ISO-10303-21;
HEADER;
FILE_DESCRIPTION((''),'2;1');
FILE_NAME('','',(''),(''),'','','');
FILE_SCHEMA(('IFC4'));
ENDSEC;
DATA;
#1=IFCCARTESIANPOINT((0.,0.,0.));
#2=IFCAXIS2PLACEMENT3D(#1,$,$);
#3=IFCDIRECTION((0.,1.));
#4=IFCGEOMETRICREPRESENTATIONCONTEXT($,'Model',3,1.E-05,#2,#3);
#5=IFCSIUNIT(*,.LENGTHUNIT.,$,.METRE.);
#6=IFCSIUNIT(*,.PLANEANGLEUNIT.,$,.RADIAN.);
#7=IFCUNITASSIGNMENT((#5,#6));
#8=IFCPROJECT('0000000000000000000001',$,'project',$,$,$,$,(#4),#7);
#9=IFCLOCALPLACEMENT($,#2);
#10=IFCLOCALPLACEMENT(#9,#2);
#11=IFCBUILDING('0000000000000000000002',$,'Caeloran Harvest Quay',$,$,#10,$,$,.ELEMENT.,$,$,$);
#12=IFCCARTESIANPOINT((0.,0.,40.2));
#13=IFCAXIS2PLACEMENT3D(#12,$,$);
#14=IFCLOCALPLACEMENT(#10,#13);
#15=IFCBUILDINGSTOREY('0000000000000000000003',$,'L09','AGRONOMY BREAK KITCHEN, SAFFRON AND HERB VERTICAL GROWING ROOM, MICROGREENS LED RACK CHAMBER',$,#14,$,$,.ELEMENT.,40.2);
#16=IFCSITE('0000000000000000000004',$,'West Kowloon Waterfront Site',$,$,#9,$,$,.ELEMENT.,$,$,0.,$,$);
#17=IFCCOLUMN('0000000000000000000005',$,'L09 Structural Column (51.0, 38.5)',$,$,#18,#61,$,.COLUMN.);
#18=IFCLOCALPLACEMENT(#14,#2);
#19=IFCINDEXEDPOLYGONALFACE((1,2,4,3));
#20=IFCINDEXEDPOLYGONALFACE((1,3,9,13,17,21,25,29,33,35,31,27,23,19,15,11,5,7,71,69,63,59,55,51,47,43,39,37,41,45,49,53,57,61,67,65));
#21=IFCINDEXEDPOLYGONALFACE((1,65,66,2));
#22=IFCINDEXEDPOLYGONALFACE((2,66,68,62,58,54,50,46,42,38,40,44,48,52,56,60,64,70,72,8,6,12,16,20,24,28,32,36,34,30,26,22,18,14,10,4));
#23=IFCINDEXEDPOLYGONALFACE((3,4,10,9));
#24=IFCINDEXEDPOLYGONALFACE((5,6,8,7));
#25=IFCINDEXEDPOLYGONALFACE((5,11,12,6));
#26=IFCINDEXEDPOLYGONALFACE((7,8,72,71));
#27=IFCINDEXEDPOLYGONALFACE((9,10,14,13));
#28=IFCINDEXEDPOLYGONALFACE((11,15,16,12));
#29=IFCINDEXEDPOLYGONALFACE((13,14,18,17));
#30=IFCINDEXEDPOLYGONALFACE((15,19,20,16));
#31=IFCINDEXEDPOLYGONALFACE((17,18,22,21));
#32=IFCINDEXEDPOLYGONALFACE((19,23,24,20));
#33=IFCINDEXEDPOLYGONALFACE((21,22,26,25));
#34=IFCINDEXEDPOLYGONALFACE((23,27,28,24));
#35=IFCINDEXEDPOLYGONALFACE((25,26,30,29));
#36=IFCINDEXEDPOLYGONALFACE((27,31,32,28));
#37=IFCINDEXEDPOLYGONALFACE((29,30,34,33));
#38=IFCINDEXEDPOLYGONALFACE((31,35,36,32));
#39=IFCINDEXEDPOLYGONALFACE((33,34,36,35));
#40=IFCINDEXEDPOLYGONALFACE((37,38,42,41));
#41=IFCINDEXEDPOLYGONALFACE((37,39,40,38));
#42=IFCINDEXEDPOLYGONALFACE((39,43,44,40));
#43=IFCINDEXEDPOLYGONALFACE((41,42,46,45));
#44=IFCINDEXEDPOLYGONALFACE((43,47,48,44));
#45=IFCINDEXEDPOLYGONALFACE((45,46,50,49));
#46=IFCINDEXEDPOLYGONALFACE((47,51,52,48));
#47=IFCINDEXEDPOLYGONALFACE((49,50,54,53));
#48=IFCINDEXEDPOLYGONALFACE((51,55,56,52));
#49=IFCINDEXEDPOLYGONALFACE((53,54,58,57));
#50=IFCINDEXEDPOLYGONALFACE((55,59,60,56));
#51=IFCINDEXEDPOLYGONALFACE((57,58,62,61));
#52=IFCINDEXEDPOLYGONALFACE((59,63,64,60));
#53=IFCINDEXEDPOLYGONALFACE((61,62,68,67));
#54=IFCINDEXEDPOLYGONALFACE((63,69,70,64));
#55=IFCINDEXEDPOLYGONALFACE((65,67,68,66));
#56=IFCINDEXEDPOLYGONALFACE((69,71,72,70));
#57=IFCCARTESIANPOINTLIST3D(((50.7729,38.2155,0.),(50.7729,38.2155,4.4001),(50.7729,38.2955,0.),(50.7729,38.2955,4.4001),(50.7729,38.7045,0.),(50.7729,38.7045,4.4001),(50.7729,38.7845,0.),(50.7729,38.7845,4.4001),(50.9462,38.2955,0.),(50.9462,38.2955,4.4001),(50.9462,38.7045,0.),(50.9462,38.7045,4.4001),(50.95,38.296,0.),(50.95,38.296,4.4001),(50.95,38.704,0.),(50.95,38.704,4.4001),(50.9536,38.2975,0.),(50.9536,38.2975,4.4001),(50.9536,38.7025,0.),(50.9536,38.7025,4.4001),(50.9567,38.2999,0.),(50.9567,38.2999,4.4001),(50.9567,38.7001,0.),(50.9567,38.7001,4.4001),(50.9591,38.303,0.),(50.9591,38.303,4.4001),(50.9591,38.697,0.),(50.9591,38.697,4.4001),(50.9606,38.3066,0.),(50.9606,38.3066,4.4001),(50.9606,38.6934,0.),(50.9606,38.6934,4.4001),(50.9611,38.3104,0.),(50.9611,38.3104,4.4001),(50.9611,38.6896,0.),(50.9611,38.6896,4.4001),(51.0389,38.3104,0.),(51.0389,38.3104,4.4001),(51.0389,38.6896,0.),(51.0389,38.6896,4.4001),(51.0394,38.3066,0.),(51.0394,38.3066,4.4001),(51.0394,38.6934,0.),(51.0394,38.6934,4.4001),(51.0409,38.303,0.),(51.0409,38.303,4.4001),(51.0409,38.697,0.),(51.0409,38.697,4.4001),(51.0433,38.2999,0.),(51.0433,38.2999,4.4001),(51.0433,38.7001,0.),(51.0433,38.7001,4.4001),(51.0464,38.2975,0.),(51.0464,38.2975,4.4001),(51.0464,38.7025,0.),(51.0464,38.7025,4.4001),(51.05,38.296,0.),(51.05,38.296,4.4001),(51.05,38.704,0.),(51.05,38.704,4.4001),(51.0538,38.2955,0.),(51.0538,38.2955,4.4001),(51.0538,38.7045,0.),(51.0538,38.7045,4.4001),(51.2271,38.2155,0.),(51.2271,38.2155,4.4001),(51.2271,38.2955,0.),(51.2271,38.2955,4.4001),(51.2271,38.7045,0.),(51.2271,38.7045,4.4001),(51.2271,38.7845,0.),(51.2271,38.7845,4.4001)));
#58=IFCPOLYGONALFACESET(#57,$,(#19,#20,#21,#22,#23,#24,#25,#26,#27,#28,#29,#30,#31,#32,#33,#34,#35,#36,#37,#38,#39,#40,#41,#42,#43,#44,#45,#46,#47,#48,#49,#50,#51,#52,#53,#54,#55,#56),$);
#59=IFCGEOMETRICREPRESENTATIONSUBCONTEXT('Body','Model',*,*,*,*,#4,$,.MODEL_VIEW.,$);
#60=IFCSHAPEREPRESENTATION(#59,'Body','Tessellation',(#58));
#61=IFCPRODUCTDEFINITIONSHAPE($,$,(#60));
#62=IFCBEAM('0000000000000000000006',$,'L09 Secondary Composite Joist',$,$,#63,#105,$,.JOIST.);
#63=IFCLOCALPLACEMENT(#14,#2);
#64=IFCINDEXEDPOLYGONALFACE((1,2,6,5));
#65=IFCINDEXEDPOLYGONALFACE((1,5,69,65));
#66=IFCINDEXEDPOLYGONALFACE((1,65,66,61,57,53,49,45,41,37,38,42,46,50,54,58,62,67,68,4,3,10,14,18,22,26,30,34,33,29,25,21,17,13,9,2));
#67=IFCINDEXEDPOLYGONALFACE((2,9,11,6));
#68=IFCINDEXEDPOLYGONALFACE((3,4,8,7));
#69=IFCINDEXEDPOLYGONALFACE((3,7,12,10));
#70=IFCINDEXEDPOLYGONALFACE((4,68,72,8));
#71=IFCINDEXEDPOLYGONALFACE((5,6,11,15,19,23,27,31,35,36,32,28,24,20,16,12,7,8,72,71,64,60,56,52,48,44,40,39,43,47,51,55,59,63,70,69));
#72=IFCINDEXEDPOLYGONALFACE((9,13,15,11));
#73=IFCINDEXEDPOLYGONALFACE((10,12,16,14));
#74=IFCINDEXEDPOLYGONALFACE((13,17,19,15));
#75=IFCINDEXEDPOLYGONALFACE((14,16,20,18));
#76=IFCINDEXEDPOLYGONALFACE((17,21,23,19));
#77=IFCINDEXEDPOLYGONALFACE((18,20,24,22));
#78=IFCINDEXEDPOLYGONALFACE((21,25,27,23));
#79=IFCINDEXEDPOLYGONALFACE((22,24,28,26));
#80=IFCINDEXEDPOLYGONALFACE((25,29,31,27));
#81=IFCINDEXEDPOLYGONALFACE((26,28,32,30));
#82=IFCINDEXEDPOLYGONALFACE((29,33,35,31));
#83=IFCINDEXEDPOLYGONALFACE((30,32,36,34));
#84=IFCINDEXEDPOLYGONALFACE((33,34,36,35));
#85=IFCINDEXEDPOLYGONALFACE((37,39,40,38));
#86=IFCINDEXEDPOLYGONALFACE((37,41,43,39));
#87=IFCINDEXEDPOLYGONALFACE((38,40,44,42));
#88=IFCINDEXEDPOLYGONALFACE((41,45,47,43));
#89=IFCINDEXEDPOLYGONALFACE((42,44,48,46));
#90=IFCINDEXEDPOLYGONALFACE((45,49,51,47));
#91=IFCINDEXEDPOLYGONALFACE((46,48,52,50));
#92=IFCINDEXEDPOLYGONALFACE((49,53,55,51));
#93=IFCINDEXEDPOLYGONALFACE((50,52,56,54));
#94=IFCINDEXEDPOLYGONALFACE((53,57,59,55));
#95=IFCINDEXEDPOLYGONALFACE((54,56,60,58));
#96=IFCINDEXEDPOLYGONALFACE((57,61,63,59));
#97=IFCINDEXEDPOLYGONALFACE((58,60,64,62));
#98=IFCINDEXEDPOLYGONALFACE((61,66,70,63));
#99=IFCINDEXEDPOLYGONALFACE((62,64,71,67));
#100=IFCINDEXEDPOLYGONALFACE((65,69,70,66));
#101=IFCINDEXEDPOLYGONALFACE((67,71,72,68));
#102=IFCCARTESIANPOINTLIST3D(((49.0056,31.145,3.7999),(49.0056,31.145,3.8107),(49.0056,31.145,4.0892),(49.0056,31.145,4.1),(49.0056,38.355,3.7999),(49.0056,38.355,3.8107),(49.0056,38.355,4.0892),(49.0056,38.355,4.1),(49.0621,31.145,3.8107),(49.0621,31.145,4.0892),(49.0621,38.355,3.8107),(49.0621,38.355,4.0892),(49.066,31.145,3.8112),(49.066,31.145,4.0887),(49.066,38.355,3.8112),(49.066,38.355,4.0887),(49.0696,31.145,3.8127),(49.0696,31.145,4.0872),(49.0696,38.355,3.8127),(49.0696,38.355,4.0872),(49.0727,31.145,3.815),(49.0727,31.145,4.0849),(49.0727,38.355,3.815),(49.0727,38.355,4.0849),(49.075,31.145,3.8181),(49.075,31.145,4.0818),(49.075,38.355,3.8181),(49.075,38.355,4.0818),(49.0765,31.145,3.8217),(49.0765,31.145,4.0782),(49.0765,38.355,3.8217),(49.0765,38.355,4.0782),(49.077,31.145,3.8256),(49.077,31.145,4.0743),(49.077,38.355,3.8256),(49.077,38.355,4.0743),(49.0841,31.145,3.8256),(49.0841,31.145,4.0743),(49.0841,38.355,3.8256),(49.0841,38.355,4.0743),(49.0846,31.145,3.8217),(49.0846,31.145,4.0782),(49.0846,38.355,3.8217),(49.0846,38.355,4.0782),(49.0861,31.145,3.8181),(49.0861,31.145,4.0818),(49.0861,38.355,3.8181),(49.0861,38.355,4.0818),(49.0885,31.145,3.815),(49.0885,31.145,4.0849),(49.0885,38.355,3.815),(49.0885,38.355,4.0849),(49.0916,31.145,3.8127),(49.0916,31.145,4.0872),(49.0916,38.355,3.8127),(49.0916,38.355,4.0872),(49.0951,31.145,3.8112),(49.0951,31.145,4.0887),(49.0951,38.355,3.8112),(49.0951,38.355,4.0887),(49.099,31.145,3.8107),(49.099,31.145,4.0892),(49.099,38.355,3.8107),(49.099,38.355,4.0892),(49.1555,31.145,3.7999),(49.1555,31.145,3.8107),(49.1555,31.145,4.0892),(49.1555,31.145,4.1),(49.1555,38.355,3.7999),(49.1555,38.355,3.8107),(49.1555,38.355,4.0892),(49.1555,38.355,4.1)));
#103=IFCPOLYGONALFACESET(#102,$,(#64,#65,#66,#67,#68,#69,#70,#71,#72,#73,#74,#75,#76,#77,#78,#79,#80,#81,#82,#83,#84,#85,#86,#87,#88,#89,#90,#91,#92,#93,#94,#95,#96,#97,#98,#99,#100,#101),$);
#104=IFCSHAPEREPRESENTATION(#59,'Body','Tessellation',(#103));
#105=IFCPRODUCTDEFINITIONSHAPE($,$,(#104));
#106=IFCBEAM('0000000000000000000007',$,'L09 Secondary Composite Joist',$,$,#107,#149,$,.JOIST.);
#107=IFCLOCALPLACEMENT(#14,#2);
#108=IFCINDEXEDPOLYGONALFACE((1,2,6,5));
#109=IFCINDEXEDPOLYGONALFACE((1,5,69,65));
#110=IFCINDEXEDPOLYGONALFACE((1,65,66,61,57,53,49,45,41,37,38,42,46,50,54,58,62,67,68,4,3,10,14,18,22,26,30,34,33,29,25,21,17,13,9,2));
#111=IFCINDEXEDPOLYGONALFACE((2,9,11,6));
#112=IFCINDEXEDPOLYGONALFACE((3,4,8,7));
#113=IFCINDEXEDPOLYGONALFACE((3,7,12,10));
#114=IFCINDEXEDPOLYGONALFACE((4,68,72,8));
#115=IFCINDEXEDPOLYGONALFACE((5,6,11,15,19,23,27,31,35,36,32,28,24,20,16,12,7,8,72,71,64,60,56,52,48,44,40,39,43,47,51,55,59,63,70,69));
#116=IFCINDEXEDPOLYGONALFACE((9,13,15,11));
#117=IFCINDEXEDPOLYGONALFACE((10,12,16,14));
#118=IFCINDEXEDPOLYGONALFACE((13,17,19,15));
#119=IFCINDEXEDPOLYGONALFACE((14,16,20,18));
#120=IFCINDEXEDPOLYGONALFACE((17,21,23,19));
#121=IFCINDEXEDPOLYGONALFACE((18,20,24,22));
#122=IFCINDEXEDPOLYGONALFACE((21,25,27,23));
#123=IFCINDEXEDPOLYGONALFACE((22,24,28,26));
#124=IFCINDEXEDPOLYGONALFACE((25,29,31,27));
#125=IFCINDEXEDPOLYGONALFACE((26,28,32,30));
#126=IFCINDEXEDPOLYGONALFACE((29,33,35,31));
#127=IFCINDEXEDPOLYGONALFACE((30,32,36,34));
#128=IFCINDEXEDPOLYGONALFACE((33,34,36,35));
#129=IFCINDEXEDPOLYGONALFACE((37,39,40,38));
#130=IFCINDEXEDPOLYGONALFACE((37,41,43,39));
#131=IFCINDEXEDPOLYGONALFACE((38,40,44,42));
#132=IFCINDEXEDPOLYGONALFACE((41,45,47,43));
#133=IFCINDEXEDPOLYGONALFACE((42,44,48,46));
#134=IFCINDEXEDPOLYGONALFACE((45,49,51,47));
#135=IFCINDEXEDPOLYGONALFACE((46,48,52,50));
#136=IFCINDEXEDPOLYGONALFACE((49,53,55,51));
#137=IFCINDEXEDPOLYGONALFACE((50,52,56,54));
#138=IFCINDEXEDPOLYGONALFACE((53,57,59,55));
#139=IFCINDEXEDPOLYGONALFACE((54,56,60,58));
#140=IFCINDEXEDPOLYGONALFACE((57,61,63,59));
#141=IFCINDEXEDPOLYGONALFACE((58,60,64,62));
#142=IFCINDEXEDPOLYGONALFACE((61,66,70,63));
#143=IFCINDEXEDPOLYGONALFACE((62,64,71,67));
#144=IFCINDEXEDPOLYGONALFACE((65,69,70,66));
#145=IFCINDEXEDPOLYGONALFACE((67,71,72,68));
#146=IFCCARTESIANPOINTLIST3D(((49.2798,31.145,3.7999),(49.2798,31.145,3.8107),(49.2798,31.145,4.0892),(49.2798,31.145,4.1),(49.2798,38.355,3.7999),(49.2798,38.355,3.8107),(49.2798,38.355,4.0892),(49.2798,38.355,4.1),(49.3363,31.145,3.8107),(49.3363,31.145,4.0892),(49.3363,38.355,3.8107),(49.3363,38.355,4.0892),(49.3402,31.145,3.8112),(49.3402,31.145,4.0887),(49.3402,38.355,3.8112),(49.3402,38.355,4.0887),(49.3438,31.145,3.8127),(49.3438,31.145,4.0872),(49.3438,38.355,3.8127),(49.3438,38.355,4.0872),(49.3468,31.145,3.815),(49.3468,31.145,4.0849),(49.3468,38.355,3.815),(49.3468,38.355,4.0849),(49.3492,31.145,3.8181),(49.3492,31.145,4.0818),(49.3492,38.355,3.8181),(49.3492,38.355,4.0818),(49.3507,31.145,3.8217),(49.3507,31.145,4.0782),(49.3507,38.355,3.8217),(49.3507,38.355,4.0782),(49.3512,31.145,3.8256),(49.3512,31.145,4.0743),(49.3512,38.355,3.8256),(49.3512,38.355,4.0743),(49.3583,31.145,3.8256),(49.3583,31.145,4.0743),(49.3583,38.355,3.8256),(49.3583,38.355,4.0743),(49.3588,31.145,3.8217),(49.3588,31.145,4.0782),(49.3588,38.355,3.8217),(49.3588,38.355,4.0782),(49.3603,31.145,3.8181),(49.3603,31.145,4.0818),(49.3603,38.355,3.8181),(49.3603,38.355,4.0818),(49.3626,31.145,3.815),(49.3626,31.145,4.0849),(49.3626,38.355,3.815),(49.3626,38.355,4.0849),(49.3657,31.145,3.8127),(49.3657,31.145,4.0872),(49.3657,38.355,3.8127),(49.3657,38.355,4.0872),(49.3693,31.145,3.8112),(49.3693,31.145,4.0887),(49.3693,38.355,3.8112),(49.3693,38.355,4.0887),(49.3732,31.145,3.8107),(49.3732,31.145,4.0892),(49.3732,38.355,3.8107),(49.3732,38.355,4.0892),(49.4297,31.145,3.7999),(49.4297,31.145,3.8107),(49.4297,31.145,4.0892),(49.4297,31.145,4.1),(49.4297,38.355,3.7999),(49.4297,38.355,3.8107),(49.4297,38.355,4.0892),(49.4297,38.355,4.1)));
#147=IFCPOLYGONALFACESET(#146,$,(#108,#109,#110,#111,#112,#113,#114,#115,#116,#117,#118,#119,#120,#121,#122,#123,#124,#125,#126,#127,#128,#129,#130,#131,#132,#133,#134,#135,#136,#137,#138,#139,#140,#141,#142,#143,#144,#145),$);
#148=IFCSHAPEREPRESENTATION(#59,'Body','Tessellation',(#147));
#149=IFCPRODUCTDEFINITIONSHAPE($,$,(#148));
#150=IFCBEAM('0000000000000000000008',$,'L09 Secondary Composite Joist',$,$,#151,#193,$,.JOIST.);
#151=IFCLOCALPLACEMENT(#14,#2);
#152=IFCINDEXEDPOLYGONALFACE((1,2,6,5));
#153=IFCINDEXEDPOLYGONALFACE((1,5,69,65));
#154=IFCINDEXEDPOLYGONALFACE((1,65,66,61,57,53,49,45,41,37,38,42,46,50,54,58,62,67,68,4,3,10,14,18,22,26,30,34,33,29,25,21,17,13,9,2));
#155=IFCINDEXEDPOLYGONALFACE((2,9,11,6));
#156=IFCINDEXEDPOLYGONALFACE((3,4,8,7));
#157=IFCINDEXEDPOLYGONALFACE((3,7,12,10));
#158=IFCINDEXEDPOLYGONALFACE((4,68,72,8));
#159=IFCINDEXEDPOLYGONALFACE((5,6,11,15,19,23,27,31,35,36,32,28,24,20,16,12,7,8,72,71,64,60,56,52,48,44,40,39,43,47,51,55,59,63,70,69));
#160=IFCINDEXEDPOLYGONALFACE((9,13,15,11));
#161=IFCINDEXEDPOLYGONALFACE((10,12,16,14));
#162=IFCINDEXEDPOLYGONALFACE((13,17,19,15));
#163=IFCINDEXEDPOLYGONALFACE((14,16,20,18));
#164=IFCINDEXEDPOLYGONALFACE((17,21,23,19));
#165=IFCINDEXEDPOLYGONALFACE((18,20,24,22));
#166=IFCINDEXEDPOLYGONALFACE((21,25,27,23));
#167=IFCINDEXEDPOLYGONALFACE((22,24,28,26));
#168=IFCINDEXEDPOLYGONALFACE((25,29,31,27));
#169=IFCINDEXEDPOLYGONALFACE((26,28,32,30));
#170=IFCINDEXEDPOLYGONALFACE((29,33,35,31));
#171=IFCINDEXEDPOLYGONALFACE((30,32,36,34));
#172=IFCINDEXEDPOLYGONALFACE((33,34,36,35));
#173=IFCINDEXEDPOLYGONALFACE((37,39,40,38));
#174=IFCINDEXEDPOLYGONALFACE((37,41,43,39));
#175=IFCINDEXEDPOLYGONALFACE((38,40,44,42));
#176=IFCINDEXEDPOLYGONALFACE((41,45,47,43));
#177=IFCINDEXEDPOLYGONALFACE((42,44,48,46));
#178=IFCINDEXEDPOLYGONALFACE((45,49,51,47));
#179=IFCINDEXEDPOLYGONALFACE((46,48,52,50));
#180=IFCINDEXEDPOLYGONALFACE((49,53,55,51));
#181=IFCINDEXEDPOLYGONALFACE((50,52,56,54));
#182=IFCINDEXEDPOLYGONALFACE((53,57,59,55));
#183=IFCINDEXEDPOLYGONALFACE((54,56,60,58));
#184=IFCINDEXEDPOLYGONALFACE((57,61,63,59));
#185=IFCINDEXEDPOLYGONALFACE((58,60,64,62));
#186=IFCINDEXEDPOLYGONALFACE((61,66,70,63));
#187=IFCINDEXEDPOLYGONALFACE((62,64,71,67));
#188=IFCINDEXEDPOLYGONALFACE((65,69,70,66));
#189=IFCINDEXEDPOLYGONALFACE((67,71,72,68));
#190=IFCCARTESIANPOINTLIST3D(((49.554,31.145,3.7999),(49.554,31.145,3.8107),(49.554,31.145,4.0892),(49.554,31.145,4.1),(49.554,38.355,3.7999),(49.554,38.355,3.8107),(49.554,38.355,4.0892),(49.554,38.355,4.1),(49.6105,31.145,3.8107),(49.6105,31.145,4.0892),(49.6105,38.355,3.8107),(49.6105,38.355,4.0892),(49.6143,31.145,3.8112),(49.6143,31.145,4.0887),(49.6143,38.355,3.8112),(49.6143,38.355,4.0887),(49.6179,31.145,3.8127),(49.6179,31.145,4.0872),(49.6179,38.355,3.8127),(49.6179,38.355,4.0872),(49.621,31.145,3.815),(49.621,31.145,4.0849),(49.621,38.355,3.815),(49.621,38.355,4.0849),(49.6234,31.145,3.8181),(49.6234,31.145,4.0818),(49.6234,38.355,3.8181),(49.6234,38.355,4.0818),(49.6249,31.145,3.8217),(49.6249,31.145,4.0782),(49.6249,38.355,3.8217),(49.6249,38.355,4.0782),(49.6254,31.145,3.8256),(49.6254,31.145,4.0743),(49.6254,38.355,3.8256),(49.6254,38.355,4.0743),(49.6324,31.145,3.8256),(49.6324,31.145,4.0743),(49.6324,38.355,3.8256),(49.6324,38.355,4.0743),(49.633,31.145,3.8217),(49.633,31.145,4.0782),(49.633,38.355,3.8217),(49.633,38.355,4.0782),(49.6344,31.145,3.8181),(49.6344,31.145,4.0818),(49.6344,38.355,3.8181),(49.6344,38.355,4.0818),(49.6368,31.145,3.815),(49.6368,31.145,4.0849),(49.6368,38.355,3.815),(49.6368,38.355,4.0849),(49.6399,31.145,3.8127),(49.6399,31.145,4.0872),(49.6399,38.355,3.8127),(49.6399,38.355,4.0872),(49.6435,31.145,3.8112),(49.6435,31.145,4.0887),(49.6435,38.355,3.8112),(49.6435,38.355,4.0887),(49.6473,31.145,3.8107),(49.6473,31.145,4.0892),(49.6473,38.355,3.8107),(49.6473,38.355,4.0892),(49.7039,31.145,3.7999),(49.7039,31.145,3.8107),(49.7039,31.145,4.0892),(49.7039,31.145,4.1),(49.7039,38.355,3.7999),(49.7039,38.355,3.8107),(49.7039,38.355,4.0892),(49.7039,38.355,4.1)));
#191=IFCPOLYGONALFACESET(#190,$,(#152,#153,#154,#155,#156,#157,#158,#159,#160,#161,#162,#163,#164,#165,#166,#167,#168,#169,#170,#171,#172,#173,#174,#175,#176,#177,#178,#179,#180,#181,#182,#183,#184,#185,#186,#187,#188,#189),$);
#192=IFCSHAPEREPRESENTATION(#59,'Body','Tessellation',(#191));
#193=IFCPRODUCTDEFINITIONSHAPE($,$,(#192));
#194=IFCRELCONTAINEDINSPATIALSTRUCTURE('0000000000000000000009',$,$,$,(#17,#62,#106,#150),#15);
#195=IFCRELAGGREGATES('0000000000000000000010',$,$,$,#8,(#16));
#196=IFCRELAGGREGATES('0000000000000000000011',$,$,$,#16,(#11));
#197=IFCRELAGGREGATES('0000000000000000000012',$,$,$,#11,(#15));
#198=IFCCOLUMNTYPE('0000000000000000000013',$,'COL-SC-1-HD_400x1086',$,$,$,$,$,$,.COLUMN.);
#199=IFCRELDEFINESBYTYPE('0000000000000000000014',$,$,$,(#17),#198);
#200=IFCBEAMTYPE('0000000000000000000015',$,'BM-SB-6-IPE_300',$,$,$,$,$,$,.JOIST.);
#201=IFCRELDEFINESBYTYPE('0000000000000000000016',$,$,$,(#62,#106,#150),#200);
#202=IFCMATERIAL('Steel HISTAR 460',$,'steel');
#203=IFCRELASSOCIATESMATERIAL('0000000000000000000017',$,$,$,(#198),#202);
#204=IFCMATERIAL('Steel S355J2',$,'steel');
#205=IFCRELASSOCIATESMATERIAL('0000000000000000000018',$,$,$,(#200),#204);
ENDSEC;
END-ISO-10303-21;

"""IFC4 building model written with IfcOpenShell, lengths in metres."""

from ifc_helpers import new_model, si_unit, direction, frame, origin, origin_2d, place, context, subcontext, project, spatial, i_section, extrude, material, material_profile, profile_set, type_object, element, save


model = new_model("IFC4")

# Units and contexts
model_context = context("Model", 3, precision=1e-05, world=origin(), true_north=direction((0.0, 1.0)))
body_context = subcontext(model_context, "Body", "Model", "MODEL_VIEW")
ifc_project = project(units=[si_unit("LENGTHUNIT", "METRE"), si_unit("PLANEANGLEUNIT", "RADIAN")], contexts=[model_context])

# Site, building, storey
site_placement = place(None, origin())
site = spatial("IfcSite", under=ifc_project, at=site_placement, Name="West Kowloon Waterfront Site", CompositionType="ELEMENT", RefElevation=0.0)
building_placement = place(site_placement, origin())
building = spatial("IfcBuilding", under=site, at=building_placement, Name="Caeloran Harvest Quay", CompositionType="ELEMENT")
storey_placement = place(building_placement, frame((0.0, 0.0, 40.2)))
storey = spatial("IfcBuildingStorey", under=building, at=storey_placement, Name="L09", Description="AGRONOMY BREAK KITCHEN, SAFFRON AND HERB VERTICAL GROWING ROOM, MICROGREENS LED RACK CHAMBER", CompositionType="ELEMENT", Elevation=40.2)

# Column
ifc_material_1 = material(Name="Steel HISTAR 460", Category="steel")
ifc_material_profile_1 = material_profile(ifc_material_1, i_section(OverallWidth=0.4541, OverallDepth=0.5691, WebThickness=0.0779, FlangeThickness=0.0801, FilletRadius=0.0149, at=origin_2d()), Name="HD 400x1086")
ifc_profile_set_1 = profile_set([ifc_material_profile_1], Name="Steel HISTAR 460")
column_type = type_object("IfcColumnType", Name="COL-SC-1-HD_400x1086", PredefinedType="COLUMN", material=ifc_profile_set_1)
column_placement = place(storey_placement, frame((51.0, 38.5, 0.0), z_axis=(0.0, 0.0, 1.0), x_axis=(1.0, 0.0, 0.0)))
element("IfcColumn", 1, at=column_placement, inside=storey, type_object=column_type, Name="L09 Structural Column (51.0, 38.5)", PredefinedType="COLUMN", context=body_context, shape_type="SweptSolid", body=[
    extrude(i_section(OverallWidth=0.4541, OverallDepth=0.5691, WebThickness=0.0779, FlangeThickness=0.0801, FilletRadius=0.0149, at=origin_2d()), origin(), (0.0, 0.0, 1.0), 4.4001),
])

# Beams
ifc_material_2 = material(Name="Steel S355J2", Category="steel")
ifc_material_profile_2 = material_profile(ifc_material_2, i_section(OverallWidth=0.1499, OverallDepth=0.3, WebThickness=0.0071, FlangeThickness=0.0107, FilletRadius=0.0149, at=origin_2d()), Name="IPE 300")
ifc_profile_set_2 = profile_set([ifc_material_profile_2], Name="Steel S355J2")
beam_type_1 = type_object("IfcBeamType", Name="BM-SB-6-IPE_300", PredefinedType="JOIST", material=ifc_profile_set_2)
for number, where, z_axis, x_axis, name in (
    (2, (49.0806, 31.145, 3.95), (0.0, 1.0, 0.0), (-1.0, 0.0, 0.0), "L09 Secondary Composite Joist"),
    (3, (49.3547, 31.145, 3.95), (0.0, 1.0, 0.0), (-1.0, 0.0, 0.0), "L09 Secondary Composite Joist"),
    (4, (49.6289, 31.145, 3.95), (0.0, 1.0, 0.0), (-1.0, 0.0, 0.0), "L09 Secondary Composite Joist"),
):
    element("IfcBeam", number, at=place(storey_placement, frame(where, z_axis=z_axis, x_axis=x_axis)), inside=storey, type_object=beam_type_1, Name=name, PredefinedType="JOIST", context=body_context, shape_type="SweptSolid", body=[
        extrude(i_section(OverallWidth=0.1499, OverallDepth=0.3, WebThickness=0.0071, FlangeThickness=0.0107, FilletRadius=0.0149, at=origin_2d()), origin(), (0.0, 0.0, 1.0), 7.21),
    ])

save(model, "model.ifc")
